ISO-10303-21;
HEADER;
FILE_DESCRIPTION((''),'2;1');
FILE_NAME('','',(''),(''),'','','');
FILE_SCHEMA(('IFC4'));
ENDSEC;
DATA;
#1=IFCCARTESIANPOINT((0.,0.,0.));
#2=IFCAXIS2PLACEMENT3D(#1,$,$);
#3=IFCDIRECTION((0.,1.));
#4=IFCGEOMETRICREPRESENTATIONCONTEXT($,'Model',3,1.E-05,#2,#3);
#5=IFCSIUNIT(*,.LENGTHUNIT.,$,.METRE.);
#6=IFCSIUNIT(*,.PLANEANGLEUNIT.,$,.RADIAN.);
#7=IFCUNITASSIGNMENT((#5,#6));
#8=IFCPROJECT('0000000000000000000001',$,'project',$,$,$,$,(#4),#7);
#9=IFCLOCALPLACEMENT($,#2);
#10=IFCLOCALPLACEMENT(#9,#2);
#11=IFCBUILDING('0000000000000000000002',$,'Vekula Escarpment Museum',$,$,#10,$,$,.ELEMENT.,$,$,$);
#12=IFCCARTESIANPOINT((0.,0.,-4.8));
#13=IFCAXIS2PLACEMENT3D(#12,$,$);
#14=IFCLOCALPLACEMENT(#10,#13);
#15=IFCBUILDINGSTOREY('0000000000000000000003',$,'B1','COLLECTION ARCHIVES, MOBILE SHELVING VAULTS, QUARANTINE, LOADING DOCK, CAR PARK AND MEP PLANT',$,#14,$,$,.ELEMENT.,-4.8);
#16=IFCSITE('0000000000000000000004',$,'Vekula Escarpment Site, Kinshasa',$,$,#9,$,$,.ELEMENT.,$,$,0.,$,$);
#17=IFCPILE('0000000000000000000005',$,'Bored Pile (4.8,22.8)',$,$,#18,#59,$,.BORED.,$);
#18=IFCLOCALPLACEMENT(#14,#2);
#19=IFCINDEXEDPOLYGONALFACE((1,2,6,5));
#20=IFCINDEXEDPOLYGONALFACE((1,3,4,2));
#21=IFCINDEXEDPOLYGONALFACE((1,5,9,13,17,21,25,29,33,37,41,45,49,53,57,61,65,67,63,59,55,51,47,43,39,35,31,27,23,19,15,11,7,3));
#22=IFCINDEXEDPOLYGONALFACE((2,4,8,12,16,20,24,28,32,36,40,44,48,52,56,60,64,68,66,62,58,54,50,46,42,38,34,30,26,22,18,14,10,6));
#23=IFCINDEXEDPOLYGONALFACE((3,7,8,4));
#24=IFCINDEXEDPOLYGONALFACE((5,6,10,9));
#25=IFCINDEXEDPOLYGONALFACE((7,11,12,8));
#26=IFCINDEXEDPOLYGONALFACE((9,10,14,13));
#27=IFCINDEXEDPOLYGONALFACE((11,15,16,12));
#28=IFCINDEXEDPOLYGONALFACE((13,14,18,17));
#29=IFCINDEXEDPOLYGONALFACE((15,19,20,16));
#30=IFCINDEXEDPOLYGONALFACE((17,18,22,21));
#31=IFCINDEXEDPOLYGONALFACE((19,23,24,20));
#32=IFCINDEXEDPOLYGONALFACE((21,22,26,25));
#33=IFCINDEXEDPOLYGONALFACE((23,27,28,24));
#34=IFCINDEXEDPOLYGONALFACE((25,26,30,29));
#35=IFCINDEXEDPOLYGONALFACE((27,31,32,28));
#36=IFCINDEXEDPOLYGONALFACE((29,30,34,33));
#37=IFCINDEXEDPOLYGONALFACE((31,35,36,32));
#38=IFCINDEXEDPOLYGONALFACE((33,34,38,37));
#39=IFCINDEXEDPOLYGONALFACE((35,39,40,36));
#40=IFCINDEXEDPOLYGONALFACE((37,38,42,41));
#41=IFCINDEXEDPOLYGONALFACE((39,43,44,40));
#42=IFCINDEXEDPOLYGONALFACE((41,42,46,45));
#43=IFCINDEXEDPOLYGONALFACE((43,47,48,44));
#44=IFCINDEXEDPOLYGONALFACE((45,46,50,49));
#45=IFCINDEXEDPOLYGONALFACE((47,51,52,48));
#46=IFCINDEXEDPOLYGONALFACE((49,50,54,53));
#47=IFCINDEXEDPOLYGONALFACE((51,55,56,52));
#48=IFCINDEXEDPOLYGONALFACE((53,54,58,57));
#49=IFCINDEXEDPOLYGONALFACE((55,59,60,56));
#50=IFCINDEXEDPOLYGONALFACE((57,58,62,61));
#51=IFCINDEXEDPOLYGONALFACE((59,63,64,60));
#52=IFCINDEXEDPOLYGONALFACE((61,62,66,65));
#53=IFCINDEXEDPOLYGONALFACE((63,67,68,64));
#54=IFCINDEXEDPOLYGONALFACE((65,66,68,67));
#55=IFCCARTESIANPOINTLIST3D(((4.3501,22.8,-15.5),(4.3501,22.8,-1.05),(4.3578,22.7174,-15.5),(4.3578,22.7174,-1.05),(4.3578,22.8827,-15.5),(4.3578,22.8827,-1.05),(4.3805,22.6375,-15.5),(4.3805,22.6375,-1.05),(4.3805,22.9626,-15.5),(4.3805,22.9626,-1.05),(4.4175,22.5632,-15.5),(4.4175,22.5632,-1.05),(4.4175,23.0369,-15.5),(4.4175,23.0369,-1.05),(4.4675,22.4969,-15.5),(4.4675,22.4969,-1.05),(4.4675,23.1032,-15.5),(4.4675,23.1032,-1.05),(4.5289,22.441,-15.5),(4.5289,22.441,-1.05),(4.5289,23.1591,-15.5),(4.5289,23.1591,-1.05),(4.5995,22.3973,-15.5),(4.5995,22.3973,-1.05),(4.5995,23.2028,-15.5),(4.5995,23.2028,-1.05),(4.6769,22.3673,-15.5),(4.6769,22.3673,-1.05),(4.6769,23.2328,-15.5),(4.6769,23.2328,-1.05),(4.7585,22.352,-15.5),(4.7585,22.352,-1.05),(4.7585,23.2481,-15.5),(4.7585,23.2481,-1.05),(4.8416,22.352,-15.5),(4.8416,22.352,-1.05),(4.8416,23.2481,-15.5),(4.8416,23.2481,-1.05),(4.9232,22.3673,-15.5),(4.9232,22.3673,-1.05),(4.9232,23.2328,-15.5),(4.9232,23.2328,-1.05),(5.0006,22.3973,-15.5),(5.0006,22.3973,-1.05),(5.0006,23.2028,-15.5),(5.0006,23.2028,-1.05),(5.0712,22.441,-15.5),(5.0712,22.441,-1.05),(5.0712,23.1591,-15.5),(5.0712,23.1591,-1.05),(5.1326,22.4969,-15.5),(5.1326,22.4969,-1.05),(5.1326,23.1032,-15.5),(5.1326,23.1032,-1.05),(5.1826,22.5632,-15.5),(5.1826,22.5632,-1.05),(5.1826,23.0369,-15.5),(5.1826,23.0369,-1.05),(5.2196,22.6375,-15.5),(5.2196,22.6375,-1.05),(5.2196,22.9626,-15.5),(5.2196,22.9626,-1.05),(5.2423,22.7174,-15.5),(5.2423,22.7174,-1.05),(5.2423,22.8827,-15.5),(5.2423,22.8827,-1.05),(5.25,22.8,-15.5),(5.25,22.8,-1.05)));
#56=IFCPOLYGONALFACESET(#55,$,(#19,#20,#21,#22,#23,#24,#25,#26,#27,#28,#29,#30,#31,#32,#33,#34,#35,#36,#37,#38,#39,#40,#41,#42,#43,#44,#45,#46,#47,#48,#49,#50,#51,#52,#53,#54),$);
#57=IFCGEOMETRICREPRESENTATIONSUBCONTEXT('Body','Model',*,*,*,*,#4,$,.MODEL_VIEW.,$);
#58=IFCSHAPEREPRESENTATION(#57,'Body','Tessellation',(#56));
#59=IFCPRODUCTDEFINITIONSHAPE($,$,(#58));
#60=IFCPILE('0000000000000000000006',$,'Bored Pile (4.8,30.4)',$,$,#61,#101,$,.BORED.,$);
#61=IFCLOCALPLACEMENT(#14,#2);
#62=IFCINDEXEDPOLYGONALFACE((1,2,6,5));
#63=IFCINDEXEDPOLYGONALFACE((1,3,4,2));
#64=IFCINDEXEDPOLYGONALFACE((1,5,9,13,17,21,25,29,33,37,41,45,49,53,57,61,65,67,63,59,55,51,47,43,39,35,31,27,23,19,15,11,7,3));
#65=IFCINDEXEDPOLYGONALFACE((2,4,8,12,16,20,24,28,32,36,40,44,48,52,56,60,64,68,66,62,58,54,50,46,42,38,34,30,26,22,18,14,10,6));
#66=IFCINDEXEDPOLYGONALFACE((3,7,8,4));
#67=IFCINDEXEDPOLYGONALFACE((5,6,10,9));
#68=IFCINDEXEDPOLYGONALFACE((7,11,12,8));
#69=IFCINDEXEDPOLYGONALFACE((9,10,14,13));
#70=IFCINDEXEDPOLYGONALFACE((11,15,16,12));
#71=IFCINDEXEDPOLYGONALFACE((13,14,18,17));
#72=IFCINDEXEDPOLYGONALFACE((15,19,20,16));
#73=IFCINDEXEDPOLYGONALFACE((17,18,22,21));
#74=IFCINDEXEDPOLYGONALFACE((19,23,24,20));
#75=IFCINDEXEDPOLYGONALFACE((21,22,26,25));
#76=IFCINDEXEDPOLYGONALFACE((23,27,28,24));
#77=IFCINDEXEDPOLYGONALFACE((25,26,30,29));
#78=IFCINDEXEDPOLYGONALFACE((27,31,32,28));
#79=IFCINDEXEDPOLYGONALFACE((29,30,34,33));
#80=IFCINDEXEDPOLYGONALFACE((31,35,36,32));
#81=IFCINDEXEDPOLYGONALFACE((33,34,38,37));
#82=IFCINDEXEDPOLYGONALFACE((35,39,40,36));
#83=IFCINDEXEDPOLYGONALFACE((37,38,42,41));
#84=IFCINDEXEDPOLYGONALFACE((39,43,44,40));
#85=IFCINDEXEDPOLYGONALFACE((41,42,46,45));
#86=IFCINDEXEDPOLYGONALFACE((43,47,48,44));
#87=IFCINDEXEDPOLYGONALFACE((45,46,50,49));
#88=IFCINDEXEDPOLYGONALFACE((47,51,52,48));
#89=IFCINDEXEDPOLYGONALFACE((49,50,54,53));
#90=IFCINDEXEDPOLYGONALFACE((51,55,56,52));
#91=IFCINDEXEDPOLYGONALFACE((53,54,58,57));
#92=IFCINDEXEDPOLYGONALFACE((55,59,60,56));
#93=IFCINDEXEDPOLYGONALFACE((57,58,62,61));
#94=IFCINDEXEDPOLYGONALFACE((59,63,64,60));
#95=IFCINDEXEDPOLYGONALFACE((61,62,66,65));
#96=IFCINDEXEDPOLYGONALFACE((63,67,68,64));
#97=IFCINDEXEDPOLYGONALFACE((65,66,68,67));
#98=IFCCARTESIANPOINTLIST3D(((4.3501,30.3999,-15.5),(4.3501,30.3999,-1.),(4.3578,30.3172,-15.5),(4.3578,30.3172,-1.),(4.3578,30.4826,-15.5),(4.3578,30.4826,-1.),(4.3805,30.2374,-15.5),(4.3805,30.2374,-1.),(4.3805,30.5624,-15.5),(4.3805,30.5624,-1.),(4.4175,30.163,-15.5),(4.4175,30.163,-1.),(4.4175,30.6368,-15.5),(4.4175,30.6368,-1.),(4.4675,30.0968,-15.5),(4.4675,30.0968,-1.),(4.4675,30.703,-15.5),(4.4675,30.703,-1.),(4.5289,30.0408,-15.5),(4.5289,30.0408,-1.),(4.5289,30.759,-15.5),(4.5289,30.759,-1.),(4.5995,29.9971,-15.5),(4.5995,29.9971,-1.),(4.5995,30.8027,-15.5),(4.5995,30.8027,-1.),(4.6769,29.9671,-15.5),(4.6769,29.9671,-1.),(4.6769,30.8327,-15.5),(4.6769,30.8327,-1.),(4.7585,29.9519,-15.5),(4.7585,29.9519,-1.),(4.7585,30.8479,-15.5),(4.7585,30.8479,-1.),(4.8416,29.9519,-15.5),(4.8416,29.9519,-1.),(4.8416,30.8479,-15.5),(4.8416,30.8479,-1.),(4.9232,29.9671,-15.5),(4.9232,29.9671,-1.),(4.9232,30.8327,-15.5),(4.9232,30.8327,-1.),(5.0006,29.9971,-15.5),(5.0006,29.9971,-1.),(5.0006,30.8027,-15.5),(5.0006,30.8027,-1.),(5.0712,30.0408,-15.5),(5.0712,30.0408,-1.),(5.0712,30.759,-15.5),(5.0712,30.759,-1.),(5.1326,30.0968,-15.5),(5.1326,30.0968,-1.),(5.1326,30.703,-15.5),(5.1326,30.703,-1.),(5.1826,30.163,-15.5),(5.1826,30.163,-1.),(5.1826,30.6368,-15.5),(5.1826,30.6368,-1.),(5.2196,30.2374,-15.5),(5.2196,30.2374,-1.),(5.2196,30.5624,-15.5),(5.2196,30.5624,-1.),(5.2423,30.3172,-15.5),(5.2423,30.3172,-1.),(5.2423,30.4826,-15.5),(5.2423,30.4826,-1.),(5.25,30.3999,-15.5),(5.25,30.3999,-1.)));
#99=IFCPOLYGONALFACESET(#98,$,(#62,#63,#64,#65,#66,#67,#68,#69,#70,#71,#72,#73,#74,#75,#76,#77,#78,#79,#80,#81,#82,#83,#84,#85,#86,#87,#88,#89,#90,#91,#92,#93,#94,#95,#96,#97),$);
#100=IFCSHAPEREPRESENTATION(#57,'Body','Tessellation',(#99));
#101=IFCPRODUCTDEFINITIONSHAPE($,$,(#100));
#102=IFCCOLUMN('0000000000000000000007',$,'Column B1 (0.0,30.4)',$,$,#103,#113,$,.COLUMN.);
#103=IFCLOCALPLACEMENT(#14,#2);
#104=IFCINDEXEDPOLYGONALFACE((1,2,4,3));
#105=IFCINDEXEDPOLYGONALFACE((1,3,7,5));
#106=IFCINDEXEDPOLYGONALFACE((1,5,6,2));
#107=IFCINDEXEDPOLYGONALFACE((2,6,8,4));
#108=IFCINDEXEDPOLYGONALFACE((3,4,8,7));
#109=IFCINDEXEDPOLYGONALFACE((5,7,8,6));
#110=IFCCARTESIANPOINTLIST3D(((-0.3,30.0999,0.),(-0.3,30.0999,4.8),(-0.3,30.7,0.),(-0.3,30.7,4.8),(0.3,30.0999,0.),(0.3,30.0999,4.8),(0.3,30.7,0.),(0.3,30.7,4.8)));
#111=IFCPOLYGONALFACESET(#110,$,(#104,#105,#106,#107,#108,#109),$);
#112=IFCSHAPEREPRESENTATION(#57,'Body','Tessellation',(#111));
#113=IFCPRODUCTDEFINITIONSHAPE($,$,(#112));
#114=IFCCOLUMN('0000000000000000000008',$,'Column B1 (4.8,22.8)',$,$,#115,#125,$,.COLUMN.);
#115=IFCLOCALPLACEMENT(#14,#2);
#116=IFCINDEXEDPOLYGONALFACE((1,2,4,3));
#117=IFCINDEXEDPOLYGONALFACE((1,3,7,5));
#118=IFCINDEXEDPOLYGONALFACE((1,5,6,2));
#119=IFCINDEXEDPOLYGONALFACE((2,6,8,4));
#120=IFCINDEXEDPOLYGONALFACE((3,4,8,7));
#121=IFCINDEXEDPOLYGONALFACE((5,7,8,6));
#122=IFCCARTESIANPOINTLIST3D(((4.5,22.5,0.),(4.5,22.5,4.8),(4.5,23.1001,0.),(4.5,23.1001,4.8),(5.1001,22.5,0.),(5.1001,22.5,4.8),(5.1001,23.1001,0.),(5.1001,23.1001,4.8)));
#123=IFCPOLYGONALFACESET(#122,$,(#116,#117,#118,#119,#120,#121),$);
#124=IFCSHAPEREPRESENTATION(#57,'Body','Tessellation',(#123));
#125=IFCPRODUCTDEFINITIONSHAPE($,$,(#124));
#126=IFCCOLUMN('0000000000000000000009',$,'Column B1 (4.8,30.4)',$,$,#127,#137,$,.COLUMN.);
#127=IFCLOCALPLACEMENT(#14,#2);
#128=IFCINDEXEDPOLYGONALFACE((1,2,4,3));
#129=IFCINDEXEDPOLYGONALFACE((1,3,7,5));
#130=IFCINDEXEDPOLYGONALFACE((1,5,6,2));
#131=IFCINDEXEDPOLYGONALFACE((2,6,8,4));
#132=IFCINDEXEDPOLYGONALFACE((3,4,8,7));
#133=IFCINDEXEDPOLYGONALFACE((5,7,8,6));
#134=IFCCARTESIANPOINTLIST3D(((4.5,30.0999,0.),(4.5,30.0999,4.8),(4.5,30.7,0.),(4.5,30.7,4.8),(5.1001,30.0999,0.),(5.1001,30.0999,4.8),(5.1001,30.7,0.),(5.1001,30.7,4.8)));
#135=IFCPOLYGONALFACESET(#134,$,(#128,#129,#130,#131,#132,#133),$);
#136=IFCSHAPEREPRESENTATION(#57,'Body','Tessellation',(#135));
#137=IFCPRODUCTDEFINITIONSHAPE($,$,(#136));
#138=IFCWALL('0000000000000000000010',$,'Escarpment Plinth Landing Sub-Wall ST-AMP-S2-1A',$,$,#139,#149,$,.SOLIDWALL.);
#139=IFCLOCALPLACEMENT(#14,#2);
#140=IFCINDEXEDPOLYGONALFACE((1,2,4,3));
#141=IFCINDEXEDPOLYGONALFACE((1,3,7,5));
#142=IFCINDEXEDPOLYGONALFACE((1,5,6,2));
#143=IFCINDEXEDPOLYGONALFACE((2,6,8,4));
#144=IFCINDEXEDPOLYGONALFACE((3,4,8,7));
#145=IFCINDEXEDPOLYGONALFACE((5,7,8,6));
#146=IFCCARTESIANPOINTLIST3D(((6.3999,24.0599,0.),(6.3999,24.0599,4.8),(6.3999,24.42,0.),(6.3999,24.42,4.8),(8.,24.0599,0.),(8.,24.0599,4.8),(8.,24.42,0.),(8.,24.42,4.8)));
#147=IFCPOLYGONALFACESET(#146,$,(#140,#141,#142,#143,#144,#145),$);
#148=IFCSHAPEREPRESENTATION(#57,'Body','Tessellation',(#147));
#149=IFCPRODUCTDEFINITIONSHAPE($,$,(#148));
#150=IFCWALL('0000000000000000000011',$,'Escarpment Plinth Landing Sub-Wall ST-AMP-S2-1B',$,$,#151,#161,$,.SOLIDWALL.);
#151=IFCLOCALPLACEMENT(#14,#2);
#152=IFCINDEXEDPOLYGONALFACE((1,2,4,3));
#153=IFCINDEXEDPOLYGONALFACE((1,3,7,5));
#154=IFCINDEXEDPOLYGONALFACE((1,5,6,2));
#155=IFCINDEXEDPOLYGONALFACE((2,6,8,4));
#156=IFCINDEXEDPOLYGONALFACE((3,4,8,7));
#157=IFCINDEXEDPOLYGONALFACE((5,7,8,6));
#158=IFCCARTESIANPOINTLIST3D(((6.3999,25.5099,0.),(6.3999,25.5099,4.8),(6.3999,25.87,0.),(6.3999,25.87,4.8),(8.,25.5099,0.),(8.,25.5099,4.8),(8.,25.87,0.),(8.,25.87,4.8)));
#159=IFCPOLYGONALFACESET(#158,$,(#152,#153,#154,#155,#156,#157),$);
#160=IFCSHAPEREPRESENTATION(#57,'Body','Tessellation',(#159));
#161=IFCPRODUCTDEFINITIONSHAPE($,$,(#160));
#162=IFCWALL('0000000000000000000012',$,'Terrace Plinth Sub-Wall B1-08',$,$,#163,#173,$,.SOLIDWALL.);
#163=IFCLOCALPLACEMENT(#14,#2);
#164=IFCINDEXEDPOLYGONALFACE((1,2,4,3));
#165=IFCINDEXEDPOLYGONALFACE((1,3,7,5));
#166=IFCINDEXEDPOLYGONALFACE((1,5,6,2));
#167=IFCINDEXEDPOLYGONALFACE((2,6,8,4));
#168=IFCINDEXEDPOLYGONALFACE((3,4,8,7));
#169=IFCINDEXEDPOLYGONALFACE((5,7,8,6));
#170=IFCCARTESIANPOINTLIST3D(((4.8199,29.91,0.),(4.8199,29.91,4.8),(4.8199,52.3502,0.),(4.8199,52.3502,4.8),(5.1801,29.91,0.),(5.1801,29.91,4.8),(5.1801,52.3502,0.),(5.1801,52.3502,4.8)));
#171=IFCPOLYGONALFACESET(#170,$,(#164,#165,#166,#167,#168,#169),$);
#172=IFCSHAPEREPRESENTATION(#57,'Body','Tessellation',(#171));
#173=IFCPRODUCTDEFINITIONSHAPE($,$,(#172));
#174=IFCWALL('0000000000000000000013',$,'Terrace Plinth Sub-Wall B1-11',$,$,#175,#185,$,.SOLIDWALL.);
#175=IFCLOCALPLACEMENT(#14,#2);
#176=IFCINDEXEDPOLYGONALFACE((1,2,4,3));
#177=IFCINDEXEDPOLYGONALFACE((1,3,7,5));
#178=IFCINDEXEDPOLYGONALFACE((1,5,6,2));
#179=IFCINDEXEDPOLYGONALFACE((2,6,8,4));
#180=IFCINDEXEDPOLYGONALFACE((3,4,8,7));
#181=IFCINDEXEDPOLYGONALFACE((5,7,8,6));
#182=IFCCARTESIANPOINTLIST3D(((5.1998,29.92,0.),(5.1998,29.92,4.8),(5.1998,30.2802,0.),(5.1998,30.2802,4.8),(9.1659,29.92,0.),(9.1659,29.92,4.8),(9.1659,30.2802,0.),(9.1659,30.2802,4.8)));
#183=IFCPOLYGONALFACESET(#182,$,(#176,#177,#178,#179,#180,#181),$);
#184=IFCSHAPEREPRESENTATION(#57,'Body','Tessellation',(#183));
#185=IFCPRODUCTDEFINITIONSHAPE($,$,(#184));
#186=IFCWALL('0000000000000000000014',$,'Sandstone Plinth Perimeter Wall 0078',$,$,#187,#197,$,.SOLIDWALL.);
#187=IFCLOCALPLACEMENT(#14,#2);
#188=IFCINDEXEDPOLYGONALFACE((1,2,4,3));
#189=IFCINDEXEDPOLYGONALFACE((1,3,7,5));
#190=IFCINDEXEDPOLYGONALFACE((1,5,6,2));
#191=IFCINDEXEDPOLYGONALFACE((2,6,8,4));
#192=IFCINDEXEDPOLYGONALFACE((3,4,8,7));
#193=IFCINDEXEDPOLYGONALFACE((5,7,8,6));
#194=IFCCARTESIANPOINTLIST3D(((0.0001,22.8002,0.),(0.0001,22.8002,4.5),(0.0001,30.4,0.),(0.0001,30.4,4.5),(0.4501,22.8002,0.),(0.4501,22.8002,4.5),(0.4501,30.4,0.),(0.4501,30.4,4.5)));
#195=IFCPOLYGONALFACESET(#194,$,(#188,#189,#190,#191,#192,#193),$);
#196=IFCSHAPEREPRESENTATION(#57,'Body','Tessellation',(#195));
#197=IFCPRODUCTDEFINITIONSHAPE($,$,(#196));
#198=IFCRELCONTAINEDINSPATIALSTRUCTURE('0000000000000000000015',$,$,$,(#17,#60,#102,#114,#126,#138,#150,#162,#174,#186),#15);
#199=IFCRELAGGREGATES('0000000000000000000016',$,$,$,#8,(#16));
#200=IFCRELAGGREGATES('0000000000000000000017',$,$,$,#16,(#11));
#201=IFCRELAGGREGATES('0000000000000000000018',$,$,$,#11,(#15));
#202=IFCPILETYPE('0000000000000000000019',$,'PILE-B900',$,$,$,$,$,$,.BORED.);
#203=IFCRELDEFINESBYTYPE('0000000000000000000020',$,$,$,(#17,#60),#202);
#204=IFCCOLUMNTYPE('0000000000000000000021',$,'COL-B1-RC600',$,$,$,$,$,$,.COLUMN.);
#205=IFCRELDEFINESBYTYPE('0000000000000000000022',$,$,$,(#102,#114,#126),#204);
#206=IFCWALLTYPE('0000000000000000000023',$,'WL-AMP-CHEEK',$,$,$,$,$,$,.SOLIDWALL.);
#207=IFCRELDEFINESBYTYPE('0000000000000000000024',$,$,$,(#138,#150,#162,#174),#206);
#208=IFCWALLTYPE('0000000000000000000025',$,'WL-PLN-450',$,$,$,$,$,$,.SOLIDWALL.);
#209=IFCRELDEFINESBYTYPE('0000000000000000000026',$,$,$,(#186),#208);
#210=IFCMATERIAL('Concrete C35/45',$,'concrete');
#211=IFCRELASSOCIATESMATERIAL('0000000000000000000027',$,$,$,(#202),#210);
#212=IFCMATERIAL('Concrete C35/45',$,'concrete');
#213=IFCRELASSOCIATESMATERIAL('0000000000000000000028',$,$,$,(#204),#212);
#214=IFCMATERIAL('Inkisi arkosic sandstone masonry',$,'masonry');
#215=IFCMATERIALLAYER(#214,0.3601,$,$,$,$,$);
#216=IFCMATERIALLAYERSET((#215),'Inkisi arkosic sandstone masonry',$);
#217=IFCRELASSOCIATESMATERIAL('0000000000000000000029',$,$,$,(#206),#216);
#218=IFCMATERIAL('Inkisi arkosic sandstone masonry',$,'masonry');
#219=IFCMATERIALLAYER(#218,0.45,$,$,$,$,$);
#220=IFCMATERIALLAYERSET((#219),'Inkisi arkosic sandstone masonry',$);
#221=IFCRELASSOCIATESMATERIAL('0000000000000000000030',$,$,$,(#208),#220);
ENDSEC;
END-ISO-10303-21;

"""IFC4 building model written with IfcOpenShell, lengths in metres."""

from ifc_helpers import new_model, si_unit, direction, frame, frame_2d, origin, origin_2d, place, context, subcontext, project, spatial, rectangle, circle, extrude, material, layer, layer_set, material_profile, profile_set, type_object, element, save


model = new_model("IFC4")

# Units and contexts
model_context = context("Model", 3, precision=1e-05, world=origin(), true_north=direction((0.0, 1.0)))
body_context = subcontext(model_context, "Body", "Model", "MODEL_VIEW")
ifc_project = project(units=[si_unit("LENGTHUNIT", "METRE"), si_unit("PLANEANGLEUNIT", "RADIAN")], contexts=[model_context])

# Site, building, storey
site_placement = place(None, origin())
site = spatial("IfcSite", under=ifc_project, at=site_placement, Name="Vekula Escarpment Site, Kinshasa", CompositionType="ELEMENT", RefElevation=0.0)
building_placement = place(site_placement, origin())
building = spatial("IfcBuilding", under=site, at=building_placement, Name="Vekula Escarpment Museum", CompositionType="ELEMENT")
storey_placement = place(building_placement, frame((0.0, 0.0, -4.8)))
storey = spatial("IfcBuildingStorey", under=building, at=storey_placement, Name="B1", Description="COLLECTION ARCHIVES, MOBILE SHELVING VAULTS, QUARANTINE, LOADING DOCK, CAR PARK AND MEP PLANT", CompositionType="ELEMENT", Elevation=-4.8)

# Piles
ifc_material_1 = material(Name="Concrete C35/45", Category="concrete")
ifc_material_profile_1 = material_profile(ifc_material_1, circle(Radius=0.45, at=origin_2d()), Name="BORED PILE 900")
ifc_profile_set_1 = profile_set([ifc_material_profile_1], Name="Concrete C35/45")
pile_type = type_object("IfcPileType", Name="PILE-B900", PredefinedType="BORED", material=ifc_profile_set_1)
pile_1_placement = place(storey_placement, frame((4.8, 22.8, -1.05), z_axis=(0.0, 0.0, -1.0), x_axis=(1.0, 0.0, 0.0)))
element("IfcPile", 1, at=pile_1_placement, inside=storey, type_object=pile_type, Name="Bored Pile (4.8,22.8)", PredefinedType="BORED", context=body_context, shape_type="SweptSolid", body=[
    extrude(circle(Radius=0.45, at=origin_2d()), origin(), (0.0, 0.0, 1.0), 14.45),
])
pile_2_placement = place(storey_placement, frame((4.8, 30.3999, -1.0), z_axis=(0.0, 0.0, -1.0), x_axis=(1.0, 0.0, 0.0)))
element("IfcPile", 2, at=pile_2_placement, inside=storey, type_object=pile_type, Name="Bored Pile (4.8,30.4)", PredefinedType="BORED", context=body_context, shape_type="SweptSolid", body=[
    extrude(circle(Radius=0.45, at=origin_2d()), origin(), (0.0, 0.0, 1.0), 14.5),
])

# Columns
ifc_material_2 = material(Name="Concrete C35/45", Category="concrete")
ifc_material_profile_2 = material_profile(ifc_material_2, rectangle(XDim=0.6001, YDim=0.6001, at=origin_2d()), Name="RC 600x600")
ifc_profile_set_2 = profile_set([ifc_material_profile_2], Name="Concrete C35/45")
column_type = type_object("IfcColumnType", Name="COL-B1-RC600", PredefinedType="COLUMN", material=ifc_profile_set_2)
for number, where, z_axis, x_axis, name in (
    (3, (0.0, 30.3999, 0.0), (0.0, 0.0, 1.0), (1.0, 0.0, 0.0), "Column B1 (0.0,30.4)"),
    (4, (4.8, 22.8, 0.0), (0.0, 0.0, 1.0), (1.0, 0.0, 0.0), "Column B1 (4.8,22.8)"),
    (5, (4.8, 30.3999, 0.0), (0.0, 0.0, 1.0), (1.0, 0.0, 0.0), "Column B1 (4.8,30.4)"),
):
    element("IfcColumn", number, at=place(storey_placement, frame(where, z_axis=z_axis, x_axis=x_axis)), inside=storey, type_object=column_type, Name=name, PredefinedType="COLUMN", context=body_context, shape_type="SweptSolid", body=[
        extrude(rectangle(XDim=0.6001, YDim=0.6001, at=origin_2d()), origin(), (0.0, 0.0, 1.0), 4.8),
    ])

# Walls
ifc_material_3 = material(Name="Inkisi arkosic sandstone masonry", Category="masonry")
ifc_layer_1 = layer(ifc_material_3, 0.3601)
ifc_layer_set_1 = layer_set([ifc_layer_1], Name="Inkisi arkosic sandstone masonry")
wall_type_1 = type_object("IfcWallType", Name="WL-AMP-CHEEK", PredefinedType="SOLIDWALL", material=ifc_layer_set_1)
for number, where, z_axis, x_axis, name in (
    (6, (6.3999, 24.24, 0.0), (0.0, 0.0, 1.0), (1.0, 0.0, 0.0), "Escarpment Plinth Landing Sub-Wall ST-AMP-S2-1A"),
    (7, (6.3999, 25.6899, 0.0), (0.0, 0.0, 1.0), (1.0, 0.0, 0.0), "Escarpment Plinth Landing Sub-Wall ST-AMP-S2-1B"),
):
    element("IfcWall", number, at=place(storey_placement, frame(where, z_axis=z_axis, x_axis=x_axis)), inside=storey, type_object=wall_type_1, Name=name, PredefinedType="SOLIDWALL", context=body_context, shape_type="SweptSolid", body=[
        extrude(rectangle(XDim=1.6001, YDim=0.3601, at=frame_2d((0.8, 0.0))), origin(), (0.0, 0.0, 1.0), 4.8),
    ])
wall_1_placement = place(storey_placement, frame((5.0, 29.9099, 0.0), z_axis=(0.0, 0.0, 1.0), x_axis=(0.0, 1.0, 0.0)))
element("IfcWall", 8, at=wall_1_placement, inside=storey, type_object=wall_type_1, Name="Terrace Plinth Sub-Wall B1-08", PredefinedType="SOLIDWALL", context=body_context, shape_type="SweptSolid", body=[
    extrude(rectangle(XDim=22.4402, YDim=0.3601, at=frame_2d((11.2202, 0.0))), origin(), (0.0, 0.0, 1.0), 4.8),
])
wall_2_placement = place(storey_placement, frame((5.2, 30.1001, 0.0), z_axis=(0.0, 0.0, 1.0), x_axis=(1.0, 0.0, 0.0)))
element("IfcWall", 9, at=wall_2_placement, inside=storey, type_object=wall_type_1, Name="Terrace Plinth Sub-Wall B1-11", PredefinedType="SOLIDWALL", context=body_context, shape_type="SweptSolid", body=[
    extrude(rectangle(XDim=3.9661, YDim=0.3601, at=frame_2d((1.9829, 0.0))), origin(), (0.0, 0.0, 1.0), 4.8),
])
ifc_material_4 = material(Name="Inkisi arkosic sandstone masonry", Category="masonry")
ifc_layer_2 = layer(ifc_material_4, 0.45)
ifc_layer_set_2 = layer_set([ifc_layer_2], Name="Inkisi arkosic sandstone masonry")
wall_type_2 = type_object("IfcWallType", Name="WL-PLN-450", PredefinedType="SOLIDWALL", material=ifc_layer_set_2)
wall_3_placement = place(storey_placement, frame((0.2251, 30.3999, 0.0), z_axis=(0.0, 0.0, 1.0), x_axis=(0.0, -1.0, 0.0)))
element("IfcWall", 10, at=wall_3_placement, inside=storey, type_object=wall_type_2, Name="Sandstone Plinth Perimeter Wall 0078", PredefinedType="SOLIDWALL", context=body_context, shape_type="SweptSolid", body=[
    extrude(rectangle(XDim=7.5999, YDim=0.45, at=frame_2d((3.7998, 0.0))), origin(), (0.0, 0.0, 1.0), 4.5),
])

save(model, "model.ifc")
